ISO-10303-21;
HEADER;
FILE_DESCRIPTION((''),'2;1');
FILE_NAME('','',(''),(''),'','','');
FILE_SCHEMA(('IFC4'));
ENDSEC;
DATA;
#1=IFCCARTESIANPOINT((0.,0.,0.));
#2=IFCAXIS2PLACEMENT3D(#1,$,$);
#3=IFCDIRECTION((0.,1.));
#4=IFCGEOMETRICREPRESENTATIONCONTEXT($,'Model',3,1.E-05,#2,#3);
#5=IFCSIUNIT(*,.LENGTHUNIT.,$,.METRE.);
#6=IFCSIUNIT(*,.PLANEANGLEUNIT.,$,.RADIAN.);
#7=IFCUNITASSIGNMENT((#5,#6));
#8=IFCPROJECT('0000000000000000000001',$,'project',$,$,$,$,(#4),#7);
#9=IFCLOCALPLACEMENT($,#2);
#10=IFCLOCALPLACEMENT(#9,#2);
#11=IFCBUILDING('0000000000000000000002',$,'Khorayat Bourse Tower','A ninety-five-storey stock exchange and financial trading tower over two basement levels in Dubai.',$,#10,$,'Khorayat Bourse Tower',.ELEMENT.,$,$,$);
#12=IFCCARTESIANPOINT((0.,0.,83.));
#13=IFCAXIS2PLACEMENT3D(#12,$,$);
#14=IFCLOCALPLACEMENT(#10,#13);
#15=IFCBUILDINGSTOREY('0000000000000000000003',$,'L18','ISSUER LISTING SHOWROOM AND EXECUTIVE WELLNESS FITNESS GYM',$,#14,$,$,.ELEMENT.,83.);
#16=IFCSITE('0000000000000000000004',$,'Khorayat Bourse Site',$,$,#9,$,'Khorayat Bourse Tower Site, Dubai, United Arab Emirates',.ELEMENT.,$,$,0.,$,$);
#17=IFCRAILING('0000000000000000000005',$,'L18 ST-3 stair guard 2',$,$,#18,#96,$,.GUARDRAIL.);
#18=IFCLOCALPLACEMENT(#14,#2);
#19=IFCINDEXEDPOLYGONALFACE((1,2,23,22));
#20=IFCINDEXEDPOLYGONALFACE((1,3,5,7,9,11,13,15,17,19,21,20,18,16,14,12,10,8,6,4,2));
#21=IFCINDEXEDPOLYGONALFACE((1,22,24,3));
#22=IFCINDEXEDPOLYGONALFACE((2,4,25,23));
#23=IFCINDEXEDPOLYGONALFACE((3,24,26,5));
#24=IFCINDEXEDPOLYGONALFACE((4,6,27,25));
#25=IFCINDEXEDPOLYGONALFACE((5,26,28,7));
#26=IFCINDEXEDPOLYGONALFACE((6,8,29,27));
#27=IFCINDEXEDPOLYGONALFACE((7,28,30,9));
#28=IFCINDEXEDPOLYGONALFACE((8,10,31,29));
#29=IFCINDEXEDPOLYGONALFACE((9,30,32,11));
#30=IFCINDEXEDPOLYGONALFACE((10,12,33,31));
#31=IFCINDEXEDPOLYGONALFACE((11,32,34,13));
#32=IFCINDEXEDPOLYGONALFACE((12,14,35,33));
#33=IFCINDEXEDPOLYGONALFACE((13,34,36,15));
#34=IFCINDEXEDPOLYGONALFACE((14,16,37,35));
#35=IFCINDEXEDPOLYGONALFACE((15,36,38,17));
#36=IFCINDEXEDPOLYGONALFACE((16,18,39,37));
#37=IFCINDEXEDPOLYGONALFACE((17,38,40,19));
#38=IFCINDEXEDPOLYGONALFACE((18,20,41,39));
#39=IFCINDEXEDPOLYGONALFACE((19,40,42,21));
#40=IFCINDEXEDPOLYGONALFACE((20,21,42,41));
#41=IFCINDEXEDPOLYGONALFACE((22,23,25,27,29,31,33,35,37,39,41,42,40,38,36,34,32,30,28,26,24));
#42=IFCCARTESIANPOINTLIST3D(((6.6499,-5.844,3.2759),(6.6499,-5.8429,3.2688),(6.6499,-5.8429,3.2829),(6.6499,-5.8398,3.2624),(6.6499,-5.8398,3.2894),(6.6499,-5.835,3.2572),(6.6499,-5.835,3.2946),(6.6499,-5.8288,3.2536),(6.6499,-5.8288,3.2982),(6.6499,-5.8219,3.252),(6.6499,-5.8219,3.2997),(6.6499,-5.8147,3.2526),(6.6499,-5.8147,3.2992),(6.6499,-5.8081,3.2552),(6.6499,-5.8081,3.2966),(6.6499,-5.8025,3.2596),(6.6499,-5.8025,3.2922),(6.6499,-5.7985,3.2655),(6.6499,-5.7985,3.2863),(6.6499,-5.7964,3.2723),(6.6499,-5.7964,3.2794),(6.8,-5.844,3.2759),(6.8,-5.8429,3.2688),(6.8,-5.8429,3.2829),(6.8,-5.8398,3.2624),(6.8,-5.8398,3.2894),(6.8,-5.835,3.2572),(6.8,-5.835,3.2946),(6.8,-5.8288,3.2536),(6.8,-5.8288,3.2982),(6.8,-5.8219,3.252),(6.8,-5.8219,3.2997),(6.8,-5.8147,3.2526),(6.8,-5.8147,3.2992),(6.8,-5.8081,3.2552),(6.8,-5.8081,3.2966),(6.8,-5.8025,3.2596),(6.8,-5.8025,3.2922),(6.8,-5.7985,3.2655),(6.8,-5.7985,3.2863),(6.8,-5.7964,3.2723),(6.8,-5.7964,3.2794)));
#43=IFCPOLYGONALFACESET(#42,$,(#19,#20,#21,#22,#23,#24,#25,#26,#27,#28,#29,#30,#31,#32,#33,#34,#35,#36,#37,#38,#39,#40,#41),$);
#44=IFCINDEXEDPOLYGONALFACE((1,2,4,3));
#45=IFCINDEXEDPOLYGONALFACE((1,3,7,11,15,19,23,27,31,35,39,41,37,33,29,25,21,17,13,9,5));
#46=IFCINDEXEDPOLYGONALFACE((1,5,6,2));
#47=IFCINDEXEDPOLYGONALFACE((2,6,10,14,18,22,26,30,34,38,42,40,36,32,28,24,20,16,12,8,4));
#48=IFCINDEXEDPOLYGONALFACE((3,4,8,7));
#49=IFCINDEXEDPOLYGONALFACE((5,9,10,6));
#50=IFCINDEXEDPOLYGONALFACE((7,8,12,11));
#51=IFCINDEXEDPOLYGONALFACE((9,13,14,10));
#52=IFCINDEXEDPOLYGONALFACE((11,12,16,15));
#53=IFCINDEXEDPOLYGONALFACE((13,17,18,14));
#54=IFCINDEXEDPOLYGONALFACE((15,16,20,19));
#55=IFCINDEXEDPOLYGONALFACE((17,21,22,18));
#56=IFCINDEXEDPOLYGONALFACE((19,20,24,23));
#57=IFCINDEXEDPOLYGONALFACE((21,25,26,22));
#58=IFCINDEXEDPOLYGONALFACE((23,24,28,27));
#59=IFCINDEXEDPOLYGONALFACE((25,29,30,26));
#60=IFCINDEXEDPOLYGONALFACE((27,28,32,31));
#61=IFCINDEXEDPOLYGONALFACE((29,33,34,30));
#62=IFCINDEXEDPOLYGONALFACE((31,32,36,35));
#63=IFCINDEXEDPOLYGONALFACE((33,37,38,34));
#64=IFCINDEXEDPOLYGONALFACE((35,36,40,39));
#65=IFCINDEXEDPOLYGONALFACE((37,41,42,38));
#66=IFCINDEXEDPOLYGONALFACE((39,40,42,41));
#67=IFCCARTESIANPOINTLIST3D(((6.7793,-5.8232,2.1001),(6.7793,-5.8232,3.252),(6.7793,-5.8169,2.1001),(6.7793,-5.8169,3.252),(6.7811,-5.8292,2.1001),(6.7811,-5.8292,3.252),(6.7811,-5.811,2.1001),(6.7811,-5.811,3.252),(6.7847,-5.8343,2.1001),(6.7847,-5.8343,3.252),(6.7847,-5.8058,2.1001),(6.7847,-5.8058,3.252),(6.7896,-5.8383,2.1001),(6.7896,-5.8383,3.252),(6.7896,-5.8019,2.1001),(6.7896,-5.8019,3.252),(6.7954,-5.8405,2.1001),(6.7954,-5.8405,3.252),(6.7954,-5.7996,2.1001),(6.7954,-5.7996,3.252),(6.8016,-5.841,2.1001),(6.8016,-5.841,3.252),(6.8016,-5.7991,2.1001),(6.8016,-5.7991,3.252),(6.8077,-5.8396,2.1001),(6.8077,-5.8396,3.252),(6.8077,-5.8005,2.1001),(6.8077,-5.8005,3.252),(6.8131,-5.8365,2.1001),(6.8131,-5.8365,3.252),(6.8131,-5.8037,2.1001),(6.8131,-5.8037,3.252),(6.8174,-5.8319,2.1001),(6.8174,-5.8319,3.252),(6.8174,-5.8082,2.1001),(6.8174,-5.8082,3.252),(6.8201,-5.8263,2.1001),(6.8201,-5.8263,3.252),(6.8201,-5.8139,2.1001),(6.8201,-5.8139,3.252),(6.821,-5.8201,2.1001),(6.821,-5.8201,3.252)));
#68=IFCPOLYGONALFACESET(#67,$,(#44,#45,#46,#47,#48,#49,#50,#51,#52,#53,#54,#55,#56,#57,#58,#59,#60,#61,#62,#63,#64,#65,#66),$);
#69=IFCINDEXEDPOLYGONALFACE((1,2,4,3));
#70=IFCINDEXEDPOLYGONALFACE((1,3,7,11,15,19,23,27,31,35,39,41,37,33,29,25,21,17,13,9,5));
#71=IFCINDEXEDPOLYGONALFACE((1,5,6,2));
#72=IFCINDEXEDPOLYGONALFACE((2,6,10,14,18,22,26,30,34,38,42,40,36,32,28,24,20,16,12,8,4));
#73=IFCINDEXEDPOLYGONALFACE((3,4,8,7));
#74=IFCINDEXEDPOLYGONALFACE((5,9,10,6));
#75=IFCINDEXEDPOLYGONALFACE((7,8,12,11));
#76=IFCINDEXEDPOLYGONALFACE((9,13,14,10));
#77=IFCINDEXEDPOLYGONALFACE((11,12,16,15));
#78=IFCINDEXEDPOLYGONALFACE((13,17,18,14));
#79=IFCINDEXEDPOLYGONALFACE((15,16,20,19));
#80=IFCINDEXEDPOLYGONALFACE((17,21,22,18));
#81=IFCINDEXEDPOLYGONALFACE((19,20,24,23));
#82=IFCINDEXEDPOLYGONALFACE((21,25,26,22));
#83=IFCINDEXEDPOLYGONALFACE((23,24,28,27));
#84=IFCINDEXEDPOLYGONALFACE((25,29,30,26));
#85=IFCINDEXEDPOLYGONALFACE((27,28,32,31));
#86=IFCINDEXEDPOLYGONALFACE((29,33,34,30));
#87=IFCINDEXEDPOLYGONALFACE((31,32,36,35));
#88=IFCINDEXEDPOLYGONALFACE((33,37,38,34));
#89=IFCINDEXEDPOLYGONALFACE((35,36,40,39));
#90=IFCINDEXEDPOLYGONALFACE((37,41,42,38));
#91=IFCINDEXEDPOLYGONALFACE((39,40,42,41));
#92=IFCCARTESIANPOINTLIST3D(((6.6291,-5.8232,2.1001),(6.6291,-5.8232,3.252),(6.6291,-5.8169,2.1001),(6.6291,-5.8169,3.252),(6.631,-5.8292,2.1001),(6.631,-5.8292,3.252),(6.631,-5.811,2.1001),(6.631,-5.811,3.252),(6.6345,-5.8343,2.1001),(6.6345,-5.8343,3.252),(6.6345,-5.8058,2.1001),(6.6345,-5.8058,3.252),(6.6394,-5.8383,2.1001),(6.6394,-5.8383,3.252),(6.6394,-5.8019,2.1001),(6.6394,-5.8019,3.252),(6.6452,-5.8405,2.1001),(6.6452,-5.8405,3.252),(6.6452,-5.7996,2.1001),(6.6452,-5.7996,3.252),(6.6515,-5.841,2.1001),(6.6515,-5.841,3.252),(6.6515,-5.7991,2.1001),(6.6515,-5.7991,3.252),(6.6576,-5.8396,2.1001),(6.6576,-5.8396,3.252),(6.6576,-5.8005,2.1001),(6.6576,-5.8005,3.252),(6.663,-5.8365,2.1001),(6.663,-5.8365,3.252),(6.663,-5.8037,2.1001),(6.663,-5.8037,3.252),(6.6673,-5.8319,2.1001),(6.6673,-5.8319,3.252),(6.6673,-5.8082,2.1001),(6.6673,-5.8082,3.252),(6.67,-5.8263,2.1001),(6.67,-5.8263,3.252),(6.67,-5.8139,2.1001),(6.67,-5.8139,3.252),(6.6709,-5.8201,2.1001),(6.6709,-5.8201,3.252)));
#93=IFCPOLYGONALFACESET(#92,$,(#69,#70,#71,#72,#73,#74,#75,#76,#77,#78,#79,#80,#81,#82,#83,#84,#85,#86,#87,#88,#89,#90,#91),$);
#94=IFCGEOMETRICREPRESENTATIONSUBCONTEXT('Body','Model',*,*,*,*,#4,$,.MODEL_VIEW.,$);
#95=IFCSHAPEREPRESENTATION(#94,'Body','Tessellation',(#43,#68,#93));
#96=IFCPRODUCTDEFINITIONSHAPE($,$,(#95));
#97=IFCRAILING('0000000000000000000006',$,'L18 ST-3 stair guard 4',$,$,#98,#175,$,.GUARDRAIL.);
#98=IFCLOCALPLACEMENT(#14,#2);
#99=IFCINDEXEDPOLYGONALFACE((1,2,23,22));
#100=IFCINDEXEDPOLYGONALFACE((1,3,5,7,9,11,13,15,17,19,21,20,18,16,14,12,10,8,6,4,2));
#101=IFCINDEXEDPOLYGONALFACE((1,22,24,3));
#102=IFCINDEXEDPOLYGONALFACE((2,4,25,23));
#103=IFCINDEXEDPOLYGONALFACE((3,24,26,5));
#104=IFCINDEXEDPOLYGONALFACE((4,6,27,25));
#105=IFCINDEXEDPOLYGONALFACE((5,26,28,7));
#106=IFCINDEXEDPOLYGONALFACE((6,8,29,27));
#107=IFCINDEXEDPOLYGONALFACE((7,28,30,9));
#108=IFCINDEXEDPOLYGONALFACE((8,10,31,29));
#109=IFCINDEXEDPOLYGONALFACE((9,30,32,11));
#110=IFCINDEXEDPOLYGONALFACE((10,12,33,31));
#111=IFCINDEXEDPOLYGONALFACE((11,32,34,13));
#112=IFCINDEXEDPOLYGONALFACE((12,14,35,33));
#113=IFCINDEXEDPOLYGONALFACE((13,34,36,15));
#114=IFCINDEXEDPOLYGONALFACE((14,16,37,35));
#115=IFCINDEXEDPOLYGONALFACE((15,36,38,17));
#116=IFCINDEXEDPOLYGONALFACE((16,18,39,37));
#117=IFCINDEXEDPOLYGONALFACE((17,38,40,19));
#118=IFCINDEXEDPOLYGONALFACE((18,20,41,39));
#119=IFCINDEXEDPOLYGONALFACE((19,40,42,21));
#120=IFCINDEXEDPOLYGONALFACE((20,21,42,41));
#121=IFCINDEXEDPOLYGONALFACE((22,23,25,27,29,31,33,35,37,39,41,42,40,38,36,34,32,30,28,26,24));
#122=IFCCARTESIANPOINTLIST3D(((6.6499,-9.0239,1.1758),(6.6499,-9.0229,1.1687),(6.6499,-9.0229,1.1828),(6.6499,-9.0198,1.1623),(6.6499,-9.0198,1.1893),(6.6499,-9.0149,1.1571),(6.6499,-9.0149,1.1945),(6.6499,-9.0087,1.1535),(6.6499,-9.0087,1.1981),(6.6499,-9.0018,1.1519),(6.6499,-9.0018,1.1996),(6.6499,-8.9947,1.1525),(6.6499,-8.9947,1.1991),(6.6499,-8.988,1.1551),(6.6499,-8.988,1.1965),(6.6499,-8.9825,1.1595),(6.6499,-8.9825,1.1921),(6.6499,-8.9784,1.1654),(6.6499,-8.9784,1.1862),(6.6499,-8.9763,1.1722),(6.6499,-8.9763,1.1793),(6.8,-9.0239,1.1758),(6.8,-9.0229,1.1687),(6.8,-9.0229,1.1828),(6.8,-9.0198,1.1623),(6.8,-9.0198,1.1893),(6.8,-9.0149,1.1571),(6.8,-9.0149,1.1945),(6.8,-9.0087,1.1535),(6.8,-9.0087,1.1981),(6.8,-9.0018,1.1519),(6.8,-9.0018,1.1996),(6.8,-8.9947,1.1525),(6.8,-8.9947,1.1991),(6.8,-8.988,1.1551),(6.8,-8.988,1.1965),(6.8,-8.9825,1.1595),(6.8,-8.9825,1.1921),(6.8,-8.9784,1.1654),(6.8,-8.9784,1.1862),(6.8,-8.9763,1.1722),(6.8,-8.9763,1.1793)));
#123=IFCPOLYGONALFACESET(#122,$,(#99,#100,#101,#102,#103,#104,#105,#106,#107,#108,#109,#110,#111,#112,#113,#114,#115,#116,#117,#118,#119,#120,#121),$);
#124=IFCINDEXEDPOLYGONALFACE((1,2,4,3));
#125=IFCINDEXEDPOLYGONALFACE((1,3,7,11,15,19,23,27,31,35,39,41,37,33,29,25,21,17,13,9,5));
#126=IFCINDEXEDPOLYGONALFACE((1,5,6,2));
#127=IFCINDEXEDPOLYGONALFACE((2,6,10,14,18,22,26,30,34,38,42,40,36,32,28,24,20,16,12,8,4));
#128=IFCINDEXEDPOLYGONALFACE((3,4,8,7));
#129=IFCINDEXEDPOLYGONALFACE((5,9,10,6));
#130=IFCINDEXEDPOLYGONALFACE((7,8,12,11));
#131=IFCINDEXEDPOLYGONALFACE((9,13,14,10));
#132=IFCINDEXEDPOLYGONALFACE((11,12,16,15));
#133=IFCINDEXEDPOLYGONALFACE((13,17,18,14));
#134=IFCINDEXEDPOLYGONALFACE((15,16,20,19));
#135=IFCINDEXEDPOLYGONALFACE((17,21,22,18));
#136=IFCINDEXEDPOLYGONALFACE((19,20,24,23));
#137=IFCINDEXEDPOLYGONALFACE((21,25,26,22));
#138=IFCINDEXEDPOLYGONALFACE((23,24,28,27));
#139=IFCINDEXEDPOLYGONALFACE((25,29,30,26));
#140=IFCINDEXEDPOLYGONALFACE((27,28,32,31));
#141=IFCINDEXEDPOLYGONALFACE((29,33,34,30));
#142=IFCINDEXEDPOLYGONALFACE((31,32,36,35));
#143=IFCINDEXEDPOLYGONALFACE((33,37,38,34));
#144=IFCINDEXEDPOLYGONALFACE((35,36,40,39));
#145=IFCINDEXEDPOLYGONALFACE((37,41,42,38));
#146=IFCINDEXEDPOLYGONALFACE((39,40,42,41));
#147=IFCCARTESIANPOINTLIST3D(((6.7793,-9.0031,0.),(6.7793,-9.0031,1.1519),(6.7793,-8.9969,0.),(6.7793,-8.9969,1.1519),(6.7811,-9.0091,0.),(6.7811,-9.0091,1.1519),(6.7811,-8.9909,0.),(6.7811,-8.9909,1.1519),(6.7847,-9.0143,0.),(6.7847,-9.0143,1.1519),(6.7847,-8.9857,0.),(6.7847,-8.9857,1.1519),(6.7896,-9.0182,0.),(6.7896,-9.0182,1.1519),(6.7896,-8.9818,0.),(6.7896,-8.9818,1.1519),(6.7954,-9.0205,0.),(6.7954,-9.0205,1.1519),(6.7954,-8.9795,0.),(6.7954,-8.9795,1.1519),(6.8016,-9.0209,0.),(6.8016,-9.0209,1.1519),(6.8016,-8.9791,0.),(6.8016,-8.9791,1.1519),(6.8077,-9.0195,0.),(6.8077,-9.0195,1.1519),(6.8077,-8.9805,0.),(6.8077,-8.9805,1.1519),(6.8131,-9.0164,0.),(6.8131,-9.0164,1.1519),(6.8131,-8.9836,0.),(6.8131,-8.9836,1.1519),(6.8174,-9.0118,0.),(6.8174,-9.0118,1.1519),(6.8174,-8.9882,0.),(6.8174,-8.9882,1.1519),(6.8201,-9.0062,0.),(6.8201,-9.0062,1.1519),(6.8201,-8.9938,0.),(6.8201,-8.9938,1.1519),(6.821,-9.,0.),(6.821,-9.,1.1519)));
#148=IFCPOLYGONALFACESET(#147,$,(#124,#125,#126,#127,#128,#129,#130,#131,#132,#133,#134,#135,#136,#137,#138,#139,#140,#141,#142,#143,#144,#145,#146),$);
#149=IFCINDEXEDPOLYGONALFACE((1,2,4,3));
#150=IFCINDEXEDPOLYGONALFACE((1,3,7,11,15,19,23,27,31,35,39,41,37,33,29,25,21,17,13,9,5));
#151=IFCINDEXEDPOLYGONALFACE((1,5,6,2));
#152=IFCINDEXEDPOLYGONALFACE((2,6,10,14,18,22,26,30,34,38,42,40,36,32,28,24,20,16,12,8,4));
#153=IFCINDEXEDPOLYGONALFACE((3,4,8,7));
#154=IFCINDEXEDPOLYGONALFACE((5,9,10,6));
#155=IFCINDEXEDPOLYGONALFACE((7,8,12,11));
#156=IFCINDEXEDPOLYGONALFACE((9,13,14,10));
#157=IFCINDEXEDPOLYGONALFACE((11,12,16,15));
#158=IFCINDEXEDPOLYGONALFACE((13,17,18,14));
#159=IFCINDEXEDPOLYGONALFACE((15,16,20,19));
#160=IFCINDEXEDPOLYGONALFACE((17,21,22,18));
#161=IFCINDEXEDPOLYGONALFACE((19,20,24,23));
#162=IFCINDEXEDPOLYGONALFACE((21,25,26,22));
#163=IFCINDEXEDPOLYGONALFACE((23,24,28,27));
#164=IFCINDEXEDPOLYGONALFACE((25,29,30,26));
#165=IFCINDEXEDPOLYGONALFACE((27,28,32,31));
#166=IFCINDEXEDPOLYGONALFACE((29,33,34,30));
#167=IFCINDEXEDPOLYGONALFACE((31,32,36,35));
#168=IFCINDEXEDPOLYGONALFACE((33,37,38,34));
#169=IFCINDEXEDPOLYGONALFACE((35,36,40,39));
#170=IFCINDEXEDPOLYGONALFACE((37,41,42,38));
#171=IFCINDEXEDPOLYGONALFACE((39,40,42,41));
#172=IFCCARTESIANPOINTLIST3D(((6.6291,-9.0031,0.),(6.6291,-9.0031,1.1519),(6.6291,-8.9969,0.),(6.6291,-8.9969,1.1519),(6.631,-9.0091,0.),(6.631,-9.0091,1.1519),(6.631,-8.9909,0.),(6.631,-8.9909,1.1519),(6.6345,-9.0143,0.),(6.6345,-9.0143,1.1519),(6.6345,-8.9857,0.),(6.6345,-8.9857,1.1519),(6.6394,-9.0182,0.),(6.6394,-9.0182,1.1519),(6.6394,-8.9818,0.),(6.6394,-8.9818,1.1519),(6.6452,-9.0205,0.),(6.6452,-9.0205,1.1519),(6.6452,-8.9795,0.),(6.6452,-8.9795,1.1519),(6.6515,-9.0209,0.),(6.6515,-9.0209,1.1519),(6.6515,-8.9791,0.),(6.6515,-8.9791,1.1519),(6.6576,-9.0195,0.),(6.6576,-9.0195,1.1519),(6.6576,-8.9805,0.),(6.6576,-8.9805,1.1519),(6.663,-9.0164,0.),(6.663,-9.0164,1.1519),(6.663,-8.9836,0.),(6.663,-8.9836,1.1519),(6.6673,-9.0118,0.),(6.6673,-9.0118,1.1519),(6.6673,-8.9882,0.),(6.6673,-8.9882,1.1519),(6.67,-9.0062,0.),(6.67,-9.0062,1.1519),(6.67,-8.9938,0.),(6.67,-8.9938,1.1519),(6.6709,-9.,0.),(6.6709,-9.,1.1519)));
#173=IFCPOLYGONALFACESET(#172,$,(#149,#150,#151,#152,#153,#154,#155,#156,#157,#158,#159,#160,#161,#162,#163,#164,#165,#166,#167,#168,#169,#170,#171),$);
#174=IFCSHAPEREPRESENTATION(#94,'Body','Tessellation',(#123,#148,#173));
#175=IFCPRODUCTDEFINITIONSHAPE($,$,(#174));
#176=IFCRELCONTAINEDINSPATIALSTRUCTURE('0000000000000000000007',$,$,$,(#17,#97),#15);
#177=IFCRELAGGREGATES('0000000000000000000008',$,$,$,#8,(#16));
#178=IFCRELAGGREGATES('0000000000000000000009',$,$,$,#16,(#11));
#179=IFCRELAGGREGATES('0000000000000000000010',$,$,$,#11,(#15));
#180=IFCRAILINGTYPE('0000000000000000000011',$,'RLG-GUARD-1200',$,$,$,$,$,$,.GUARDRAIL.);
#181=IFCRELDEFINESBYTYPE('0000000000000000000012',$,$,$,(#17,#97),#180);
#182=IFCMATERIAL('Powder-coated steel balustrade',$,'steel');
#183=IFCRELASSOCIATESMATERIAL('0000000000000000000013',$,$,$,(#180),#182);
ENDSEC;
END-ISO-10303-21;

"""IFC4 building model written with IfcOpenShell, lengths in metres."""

from ifc_helpers import new_model, si_unit, direction, frame, origin, origin_2d, place, context, subcontext, project, spatial, circle, extrude, source, transform, mapped, material, type_object, element, save


model = new_model("IFC4")

# Units and contexts
model_context = context("Model", 3, precision=1e-05, world=origin(), true_north=direction((0.0, 1.0)))
body_context = subcontext(model_context, "Body", "Model", "MODEL_VIEW")
ifc_project = project(units=[si_unit("LENGTHUNIT", "METRE"), si_unit("PLANEANGLEUNIT", "RADIAN")], contexts=[model_context])

# Site, building, storey
site_placement = place(None, origin())
site = spatial("IfcSite", under=ifc_project, at=site_placement, Name="Khorayat Bourse Site", LongName="Khorayat Bourse Tower Site, Dubai, United Arab Emirates", CompositionType="ELEMENT", RefElevation=0.0)
building_placement = place(site_placement, origin())
building = spatial("IfcBuilding", under=site, at=building_placement, Name="Khorayat Bourse Tower", Description="A ninety-five-storey stock exchange and financial trading tower over two basement levels in Dubai.", LongName="Khorayat Bourse Tower", CompositionType="ELEMENT")
storey_placement = place(building_placement, frame((0.0, 0.0, 83.0)))
storey = spatial("IfcBuildingStorey", under=building, at=storey_placement, Name="L18", Description="ISSUER LISTING SHOWROOM AND EXECUTIVE WELLNESS FITNESS GYM", CompositionType="ELEMENT", Elevation=83.0)

# Railings
ifc_material_1 = material(Name="Powder-coated steel balustrade", Category="steel")
railing_type_1 = type_object("IfcRailingType", Name="RLG-GUARD-1200", PredefinedType="GUARDRAIL", material=ifc_material_1)
shared_shape_1 = source(origin(), body_context, "Body", "SweptSolid", [
    extrude(circle(Radius=0.0239, at=origin_2d()), frame((0.0, 0.0, 1.1758), z_axis=(-1.0, 0.0, 0.0), x_axis=(0.0, -1.0, 0.0)), (0.0, 0.0, 1.0), 0.1501),
    extrude(circle(Radius=0.021, at=origin_2d()), origin(), (0.0, 0.0, 1.0), 1.1519),
    extrude(circle(Radius=0.021, at=origin_2d()), frame((-0.1501, 0.0, 0.0)), (0.0, 0.0, 1.0), 1.1519),
])
for number, where, name in (
    (1, (6.8, -5.8201, 2.1001), "L18 ST-3 stair guard 2"),
    (2, (6.8, -9.0, 0.0), "L18 ST-3 stair guard 4"),
):
    element("IfcRailing", number, at=place(storey_placement, frame(where)), inside=storey, type_object=railing_type_1, Name=name, PredefinedType="GUARDRAIL", context=body_context, shape_type="MappedRepresentation", body=[
        mapped(shared_shape_1, transform((0.0, 0.0, 0.0), scale=1.0)),
    ])

save(model, "model.ifc")
